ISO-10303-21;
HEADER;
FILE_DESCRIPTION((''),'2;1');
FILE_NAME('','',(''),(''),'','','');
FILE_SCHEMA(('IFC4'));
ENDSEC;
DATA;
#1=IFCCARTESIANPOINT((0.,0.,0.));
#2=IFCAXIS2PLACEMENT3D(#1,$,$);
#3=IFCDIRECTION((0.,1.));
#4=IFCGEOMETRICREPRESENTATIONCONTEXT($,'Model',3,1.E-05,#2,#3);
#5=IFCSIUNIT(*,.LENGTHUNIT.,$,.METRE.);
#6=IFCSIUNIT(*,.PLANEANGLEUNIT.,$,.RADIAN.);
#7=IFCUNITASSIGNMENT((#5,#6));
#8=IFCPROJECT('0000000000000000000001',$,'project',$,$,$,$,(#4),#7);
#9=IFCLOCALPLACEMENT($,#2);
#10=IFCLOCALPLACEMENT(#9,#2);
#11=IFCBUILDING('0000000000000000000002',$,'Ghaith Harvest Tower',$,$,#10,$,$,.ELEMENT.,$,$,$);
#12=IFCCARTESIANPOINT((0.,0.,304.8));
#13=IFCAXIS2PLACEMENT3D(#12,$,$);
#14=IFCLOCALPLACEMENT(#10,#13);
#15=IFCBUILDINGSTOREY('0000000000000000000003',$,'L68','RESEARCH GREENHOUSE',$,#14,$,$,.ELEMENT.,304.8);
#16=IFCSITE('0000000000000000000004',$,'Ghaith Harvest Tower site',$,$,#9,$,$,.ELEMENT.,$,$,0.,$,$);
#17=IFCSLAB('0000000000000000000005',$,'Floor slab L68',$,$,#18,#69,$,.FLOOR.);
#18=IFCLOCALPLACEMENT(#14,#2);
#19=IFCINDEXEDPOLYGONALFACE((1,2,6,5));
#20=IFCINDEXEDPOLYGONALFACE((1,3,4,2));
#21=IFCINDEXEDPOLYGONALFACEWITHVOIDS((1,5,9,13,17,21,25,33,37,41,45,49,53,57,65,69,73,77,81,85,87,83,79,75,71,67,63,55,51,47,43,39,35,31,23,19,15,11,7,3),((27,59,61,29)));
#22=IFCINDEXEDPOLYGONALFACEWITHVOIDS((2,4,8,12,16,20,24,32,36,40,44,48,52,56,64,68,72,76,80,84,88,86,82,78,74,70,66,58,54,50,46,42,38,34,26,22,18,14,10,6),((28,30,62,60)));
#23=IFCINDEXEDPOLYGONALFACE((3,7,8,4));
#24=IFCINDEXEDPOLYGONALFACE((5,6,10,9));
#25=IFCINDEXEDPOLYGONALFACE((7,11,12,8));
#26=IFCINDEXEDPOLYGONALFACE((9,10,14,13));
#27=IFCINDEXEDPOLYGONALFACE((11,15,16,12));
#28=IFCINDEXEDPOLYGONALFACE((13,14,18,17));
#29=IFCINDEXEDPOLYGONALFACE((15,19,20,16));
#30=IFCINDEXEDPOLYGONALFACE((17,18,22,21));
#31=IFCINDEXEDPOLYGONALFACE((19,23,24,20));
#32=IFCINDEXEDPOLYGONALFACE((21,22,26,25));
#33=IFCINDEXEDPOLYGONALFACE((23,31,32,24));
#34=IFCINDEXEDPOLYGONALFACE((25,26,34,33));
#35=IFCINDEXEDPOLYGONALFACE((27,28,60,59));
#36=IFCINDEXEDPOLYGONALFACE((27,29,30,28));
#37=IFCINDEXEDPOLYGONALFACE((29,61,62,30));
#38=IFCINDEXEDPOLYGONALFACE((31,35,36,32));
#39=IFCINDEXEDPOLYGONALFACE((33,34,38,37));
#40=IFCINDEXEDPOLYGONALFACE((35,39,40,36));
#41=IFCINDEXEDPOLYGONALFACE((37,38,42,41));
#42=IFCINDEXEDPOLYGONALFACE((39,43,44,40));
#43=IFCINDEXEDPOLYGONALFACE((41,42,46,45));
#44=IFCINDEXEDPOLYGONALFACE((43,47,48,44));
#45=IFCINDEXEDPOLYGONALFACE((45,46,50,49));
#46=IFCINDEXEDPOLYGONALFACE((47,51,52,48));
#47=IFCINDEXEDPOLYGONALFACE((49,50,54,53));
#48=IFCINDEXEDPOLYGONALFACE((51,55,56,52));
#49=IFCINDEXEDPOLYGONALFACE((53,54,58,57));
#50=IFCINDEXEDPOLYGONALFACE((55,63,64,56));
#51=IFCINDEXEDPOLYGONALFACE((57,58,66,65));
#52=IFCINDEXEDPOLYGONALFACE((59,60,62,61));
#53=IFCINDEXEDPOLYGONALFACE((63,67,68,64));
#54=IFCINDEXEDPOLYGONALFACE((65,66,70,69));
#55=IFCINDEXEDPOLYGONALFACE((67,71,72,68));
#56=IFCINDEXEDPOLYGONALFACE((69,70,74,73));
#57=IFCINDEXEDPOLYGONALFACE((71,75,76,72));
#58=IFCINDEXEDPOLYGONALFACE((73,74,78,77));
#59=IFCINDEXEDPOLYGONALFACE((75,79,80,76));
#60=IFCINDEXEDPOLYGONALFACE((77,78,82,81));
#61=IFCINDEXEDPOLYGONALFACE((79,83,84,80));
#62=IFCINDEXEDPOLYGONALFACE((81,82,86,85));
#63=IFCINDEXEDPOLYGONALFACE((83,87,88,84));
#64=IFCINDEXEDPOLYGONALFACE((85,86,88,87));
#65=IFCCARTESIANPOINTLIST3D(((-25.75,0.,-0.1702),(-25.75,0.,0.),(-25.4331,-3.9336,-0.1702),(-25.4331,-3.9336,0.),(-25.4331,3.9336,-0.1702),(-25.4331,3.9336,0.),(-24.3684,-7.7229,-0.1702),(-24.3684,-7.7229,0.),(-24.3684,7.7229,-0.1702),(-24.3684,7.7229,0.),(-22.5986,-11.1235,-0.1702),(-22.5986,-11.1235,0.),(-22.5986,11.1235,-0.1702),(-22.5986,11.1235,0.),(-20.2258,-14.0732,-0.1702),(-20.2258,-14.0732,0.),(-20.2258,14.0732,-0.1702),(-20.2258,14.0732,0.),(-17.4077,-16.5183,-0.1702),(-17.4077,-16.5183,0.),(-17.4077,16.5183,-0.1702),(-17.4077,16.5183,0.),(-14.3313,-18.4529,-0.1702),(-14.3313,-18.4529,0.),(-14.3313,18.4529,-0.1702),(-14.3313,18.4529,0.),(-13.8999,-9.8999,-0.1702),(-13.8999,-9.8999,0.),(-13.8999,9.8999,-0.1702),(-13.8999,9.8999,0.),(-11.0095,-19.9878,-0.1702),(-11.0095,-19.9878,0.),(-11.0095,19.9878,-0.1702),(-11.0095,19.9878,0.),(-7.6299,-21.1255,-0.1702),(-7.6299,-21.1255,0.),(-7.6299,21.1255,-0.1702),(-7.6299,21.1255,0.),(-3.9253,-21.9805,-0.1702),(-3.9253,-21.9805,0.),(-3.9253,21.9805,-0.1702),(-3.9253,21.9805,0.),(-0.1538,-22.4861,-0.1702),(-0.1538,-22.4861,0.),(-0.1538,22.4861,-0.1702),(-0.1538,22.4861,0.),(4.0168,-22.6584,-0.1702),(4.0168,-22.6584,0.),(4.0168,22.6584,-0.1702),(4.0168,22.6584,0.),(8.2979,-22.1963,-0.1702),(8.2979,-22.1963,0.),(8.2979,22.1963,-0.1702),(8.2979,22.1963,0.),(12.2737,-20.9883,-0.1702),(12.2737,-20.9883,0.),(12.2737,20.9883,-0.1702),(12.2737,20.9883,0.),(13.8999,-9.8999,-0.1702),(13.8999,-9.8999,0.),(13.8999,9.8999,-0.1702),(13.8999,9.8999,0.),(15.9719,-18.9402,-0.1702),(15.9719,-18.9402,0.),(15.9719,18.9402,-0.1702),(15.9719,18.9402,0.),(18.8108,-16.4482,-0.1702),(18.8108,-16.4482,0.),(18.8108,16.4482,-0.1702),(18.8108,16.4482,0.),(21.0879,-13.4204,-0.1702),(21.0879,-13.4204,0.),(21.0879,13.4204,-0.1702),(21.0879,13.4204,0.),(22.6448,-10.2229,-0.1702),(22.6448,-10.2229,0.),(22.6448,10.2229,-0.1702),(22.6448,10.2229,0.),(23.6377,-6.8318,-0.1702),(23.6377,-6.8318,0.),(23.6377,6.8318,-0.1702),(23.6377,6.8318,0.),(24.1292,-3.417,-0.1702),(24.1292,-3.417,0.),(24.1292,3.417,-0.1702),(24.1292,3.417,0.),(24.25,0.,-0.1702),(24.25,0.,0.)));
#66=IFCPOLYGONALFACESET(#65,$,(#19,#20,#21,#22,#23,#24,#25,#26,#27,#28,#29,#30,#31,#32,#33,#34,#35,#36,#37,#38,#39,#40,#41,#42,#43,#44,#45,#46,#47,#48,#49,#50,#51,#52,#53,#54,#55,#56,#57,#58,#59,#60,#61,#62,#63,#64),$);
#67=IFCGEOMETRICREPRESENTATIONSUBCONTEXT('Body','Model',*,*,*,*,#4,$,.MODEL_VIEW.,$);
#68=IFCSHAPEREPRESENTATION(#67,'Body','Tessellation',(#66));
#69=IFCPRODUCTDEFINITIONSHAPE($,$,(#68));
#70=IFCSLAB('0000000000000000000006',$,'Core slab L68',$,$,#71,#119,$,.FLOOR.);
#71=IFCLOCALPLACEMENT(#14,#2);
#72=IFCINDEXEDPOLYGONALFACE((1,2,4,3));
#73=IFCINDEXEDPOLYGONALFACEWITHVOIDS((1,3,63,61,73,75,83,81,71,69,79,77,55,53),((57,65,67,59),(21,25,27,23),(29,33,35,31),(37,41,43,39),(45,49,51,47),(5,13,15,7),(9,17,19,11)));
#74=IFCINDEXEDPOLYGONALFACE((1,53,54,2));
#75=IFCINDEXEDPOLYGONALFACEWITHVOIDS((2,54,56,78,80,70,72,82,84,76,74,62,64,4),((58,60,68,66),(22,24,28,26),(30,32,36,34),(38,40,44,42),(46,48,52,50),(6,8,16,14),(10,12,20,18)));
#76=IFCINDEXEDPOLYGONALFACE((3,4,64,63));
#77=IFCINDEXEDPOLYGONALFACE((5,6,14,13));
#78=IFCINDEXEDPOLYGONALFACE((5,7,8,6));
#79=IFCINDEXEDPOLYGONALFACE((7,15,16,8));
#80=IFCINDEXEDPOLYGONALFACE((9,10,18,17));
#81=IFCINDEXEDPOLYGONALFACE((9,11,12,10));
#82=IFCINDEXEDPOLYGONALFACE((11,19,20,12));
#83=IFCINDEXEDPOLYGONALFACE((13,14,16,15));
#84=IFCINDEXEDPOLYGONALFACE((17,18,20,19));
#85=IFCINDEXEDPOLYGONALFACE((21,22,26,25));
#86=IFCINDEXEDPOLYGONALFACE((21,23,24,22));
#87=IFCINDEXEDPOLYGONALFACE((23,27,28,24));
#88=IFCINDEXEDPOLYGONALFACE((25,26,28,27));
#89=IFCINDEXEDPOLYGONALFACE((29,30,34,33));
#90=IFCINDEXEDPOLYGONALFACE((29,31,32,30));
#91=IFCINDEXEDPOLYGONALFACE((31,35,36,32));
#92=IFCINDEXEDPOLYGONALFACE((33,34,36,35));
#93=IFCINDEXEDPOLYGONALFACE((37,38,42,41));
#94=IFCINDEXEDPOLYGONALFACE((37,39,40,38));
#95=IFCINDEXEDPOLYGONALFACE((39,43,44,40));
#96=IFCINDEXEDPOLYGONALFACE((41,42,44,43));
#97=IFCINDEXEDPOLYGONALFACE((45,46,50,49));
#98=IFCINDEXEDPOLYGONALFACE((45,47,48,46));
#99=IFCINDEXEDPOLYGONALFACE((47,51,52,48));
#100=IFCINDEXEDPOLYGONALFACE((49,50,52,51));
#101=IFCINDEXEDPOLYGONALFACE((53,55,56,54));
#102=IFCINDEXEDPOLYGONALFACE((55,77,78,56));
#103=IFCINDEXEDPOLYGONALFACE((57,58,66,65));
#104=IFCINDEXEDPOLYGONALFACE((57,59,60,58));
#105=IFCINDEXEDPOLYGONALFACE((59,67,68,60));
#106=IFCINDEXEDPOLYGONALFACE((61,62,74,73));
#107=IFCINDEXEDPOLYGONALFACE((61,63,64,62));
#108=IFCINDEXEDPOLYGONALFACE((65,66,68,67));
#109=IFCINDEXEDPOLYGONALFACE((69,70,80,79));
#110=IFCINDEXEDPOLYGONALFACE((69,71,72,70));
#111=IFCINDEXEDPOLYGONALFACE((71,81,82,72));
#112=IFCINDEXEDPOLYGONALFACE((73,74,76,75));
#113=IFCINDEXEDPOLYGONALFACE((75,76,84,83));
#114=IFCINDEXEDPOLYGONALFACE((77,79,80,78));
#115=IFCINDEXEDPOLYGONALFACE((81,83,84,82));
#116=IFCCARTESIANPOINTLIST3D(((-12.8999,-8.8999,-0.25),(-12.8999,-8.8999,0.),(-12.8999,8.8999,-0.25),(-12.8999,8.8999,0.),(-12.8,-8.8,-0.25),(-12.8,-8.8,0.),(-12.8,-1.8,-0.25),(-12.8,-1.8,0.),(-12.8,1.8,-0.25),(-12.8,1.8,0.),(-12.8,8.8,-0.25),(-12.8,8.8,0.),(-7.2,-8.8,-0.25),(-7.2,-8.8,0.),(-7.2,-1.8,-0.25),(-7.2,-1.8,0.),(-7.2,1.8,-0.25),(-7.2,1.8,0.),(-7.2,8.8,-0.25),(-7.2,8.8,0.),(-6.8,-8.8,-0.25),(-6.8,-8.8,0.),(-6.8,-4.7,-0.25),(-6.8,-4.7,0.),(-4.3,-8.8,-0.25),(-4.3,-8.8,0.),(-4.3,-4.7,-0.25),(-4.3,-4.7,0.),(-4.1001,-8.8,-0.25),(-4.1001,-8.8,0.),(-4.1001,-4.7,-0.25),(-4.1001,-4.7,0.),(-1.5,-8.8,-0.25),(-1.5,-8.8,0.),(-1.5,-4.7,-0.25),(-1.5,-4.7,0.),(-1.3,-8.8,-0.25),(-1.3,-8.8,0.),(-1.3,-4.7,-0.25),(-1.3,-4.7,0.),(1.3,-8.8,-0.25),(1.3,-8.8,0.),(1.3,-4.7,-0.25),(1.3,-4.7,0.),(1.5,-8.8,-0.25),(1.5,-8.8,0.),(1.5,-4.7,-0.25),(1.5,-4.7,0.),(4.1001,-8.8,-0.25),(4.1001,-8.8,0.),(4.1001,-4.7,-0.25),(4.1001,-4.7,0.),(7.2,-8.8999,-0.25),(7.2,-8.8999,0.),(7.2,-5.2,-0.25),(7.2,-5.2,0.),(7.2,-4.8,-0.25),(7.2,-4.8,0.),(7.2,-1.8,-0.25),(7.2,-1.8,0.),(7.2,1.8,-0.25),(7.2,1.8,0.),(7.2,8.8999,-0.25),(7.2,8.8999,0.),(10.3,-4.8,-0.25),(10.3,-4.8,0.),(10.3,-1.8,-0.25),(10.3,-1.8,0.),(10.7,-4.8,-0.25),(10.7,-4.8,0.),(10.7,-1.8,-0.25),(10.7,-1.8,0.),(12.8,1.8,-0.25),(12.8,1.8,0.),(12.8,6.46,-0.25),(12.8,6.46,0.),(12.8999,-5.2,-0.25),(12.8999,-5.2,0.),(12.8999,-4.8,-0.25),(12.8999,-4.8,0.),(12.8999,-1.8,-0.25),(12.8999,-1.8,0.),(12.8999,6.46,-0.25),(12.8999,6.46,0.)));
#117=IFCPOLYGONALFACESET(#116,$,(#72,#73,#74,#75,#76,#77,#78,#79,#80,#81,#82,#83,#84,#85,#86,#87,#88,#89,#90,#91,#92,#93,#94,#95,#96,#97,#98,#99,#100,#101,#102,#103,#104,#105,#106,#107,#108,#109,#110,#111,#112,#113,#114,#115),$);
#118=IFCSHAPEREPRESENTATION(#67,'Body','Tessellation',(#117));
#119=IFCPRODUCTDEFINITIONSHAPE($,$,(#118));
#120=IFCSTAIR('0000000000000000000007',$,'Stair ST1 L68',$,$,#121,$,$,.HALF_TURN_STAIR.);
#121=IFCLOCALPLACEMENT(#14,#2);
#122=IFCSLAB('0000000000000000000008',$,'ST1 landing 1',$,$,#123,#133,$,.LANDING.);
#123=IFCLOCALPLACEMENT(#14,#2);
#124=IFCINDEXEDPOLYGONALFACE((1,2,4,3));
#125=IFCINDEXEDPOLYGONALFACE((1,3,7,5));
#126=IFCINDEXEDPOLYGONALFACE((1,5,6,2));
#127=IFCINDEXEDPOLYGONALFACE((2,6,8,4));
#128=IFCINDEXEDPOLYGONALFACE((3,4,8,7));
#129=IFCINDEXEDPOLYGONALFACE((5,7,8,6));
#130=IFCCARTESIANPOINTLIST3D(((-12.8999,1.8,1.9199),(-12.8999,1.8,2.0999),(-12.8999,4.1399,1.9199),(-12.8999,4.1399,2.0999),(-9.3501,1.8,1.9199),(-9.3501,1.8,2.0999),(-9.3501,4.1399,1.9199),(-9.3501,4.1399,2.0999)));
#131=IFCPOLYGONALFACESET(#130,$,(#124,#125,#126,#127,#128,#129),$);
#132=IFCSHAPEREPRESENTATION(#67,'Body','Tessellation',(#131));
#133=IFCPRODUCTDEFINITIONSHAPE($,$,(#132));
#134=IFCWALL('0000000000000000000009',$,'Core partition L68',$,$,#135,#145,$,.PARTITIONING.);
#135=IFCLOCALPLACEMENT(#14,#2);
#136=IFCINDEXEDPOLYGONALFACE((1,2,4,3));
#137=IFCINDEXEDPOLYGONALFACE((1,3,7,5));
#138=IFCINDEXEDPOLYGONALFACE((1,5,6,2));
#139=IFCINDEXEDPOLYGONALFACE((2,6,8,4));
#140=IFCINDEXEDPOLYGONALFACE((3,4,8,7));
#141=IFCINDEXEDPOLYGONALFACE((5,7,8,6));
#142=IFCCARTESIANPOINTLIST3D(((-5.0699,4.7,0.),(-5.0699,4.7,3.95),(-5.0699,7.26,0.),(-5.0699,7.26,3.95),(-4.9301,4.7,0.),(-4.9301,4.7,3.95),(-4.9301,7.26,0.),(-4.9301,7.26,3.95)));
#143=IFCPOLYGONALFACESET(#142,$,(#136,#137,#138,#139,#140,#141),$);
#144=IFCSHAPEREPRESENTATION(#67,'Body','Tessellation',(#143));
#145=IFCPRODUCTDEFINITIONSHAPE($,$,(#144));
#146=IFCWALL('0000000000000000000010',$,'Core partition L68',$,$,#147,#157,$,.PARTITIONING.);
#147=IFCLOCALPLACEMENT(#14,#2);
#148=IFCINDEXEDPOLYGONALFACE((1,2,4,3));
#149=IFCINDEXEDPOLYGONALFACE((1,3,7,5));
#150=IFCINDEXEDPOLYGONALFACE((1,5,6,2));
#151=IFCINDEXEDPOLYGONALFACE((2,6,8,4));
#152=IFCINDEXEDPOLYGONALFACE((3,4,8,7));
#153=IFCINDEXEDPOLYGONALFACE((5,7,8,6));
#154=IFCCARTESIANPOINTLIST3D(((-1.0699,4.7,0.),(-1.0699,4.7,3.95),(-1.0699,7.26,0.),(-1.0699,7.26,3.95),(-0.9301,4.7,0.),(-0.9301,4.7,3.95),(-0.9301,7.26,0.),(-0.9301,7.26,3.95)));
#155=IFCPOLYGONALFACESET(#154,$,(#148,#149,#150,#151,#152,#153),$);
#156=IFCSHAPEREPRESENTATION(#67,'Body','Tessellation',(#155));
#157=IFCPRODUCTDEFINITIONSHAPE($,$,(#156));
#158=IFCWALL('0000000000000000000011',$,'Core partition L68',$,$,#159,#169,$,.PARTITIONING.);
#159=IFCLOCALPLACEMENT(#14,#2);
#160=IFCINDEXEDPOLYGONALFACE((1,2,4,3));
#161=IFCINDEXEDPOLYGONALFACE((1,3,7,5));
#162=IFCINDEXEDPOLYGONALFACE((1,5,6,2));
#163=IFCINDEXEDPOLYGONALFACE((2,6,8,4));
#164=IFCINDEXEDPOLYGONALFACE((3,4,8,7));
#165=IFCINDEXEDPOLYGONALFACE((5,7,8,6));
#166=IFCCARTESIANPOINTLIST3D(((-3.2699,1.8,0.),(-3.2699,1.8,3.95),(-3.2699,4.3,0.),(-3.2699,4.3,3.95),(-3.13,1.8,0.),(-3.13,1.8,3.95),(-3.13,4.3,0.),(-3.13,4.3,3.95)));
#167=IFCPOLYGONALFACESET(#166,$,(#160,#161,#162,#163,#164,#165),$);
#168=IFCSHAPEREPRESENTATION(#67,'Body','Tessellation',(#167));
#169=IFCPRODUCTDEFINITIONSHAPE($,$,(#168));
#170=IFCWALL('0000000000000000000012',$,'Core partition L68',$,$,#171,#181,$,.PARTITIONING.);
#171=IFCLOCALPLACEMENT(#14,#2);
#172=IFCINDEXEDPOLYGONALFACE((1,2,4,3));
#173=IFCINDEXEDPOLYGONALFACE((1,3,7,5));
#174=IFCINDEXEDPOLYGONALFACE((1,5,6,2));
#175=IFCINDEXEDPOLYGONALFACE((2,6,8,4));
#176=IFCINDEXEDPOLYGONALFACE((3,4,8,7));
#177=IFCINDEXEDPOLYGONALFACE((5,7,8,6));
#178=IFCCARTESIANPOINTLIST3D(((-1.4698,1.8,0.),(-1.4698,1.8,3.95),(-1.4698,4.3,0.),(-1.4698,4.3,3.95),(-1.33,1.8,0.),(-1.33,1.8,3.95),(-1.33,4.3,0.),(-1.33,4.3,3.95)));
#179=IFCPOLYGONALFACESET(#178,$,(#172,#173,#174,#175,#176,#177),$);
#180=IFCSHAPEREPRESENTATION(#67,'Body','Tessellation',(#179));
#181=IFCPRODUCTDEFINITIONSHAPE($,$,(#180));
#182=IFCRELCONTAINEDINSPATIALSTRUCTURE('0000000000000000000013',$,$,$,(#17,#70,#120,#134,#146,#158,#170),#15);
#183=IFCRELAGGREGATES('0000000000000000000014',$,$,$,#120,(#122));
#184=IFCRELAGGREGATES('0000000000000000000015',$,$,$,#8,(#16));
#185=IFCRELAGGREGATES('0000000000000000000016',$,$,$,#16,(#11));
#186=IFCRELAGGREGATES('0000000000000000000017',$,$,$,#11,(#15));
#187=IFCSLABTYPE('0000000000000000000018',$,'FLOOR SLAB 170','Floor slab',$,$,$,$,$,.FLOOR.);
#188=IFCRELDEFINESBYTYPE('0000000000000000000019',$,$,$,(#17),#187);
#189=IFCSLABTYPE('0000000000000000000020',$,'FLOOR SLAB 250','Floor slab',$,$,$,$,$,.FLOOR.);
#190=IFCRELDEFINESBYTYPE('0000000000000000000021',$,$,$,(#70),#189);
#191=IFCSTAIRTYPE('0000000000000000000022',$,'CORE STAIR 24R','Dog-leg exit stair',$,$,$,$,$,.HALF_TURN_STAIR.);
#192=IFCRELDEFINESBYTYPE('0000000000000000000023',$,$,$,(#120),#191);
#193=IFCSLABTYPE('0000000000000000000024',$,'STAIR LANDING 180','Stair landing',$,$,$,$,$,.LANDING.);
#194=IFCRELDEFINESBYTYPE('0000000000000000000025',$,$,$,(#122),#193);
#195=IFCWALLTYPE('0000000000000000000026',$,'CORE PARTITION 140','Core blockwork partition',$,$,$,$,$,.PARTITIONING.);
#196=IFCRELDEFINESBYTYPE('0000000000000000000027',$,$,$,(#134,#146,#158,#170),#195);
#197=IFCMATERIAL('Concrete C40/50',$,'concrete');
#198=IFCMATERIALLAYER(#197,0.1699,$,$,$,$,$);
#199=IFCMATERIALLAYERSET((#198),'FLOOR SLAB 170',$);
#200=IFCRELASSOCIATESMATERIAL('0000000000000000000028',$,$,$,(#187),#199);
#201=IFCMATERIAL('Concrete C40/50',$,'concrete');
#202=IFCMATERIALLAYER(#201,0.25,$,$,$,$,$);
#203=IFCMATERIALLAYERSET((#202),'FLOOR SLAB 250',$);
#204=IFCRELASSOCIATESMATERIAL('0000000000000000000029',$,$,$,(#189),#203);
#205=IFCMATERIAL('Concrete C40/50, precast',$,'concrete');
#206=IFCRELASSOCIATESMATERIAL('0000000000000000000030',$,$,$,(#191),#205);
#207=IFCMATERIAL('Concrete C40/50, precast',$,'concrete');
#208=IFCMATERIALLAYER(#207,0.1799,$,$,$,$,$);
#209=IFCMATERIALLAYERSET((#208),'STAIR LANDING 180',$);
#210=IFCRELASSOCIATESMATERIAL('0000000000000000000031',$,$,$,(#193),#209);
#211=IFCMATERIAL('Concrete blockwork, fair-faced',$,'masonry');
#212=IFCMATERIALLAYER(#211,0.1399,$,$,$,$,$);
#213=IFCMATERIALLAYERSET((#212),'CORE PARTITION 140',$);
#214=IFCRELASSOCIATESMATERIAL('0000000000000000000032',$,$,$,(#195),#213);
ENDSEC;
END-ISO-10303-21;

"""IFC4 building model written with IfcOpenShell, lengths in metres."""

from ifc_helpers import new_model, si_unit, direction, frame, frame_2d, origin, place, context, subcontext, project, spatial, polyline, rectangle, outline, extrude, material, layer, layer_set, type_object, element, aggregate, save


model = new_model("IFC4")

# Units and contexts
model_context = context("Model", 3, precision=1e-05, world=origin(), true_north=direction((0.0, 1.0)))
body_context = subcontext(model_context, "Body", "Model", "MODEL_VIEW")
ifc_project = project(units=[si_unit("LENGTHUNIT", "METRE"), si_unit("PLANEANGLEUNIT", "RADIAN")], contexts=[model_context])

# Site, building, storey
site_placement = place(None, origin())
site = spatial("IfcSite", under=ifc_project, at=site_placement, Name="Ghaith Harvest Tower site", CompositionType="ELEMENT", RefElevation=0.0)
building_placement = place(site_placement, origin())
building = spatial("IfcBuilding", under=site, at=building_placement, Name="Ghaith Harvest Tower", CompositionType="ELEMENT")
storey_placement = place(building_placement, frame((0.0, 0.0, 304.8)))
storey = spatial("IfcBuildingStorey", under=building, at=storey_placement, Name="L68", Description="RESEARCH GREENHOUSE", CompositionType="ELEMENT", Elevation=304.8)

# Slabs
ifc_material_1 = material(Name="Concrete C40/50", Category="concrete")
ifc_layer_1 = layer(ifc_material_1, 0.1699)
ifc_layer_set_1 = layer_set([ifc_layer_1], Name="FLOOR SLAB 170")
slab_type_1 = type_object("IfcSlabType", Name="FLOOR SLAB 170", Description="Floor slab", PredefinedType="FLOOR", material=ifc_layer_set_1)
slab_1_placement = place(storey_placement, frame((0.0, 0.0, -0.1702)))
element("IfcSlab", 1, at=slab_1_placement, inside=storey, type_object=slab_type_1, Name="Floor slab L68", PredefinedType="FLOOR", context=body_context, shape_type="SweptSolid", body=[
    extrude(outline(polyline([(24.25, 0.0), (24.1292, 3.417), (23.6377, 6.8318), (22.6448, 10.2229), (21.0879, 13.4204), (18.8108, 16.4482), (15.9719, 18.9402), (12.2737, 20.9883), (8.2979, 22.1963), (4.0168, 22.6584), (-0.1538, 22.4861), (-3.9253, 21.9805), (-7.6299, 21.1255), (-11.0095, 19.9878), (-14.3313, 18.4529), (-17.4077, 16.5183), (-20.2258, 14.0732), (-22.5986, 11.1235), (-24.3684, 7.7229), (-25.4331, 3.9336), (-25.75, 0.0), (-25.4331, -3.9336), (-24.3684, -7.7229), (-22.5986, -11.1235), (-20.2258, -14.0732), (-17.4077, -16.5183), (-14.3313, -18.4529), (-11.0095, -19.9878), (-7.6299, -21.1255), (-3.9253, -21.9805), (-0.1538, -22.4861), (4.0168, -22.6584), (8.2979, -22.1963), (12.2737, -20.9883), (15.9719, -18.9402), (18.8108, -16.4482), (21.0879, -13.4204), (22.6448, -10.2229), (23.6377, -6.8318), (24.1292, -3.417), (24.25, 0.0)]), holes=[polyline([(-13.8999, -9.8999), (13.8999, -9.8999), (13.8999, 9.8999), (-13.8999, 9.8999), (-13.8999, -9.8999)])]), origin(), (0.0, 0.0, 1.0), 0.1702),
])
ifc_material_2 = material(Name="Concrete C40/50", Category="concrete")
ifc_layer_2 = layer(ifc_material_2, 0.25)
ifc_layer_set_2 = layer_set([ifc_layer_2], Name="FLOOR SLAB 250")
slab_type_2 = type_object("IfcSlabType", Name="FLOOR SLAB 250", Description="Floor slab", PredefinedType="FLOOR", material=ifc_layer_set_2)
slab_2_placement = place(storey_placement, frame((0.0, 0.0, -0.25)))
element("IfcSlab", 2, at=slab_2_placement, inside=storey, type_object=slab_type_2, Name="Core slab L68", PredefinedType="FLOOR", context=body_context, shape_type="SweptSolid", body=[
    extrude(outline(polyline([(-12.8999, 8.8999), (7.2, 8.8999), (7.2, 1.8), (12.8, 1.8), (12.8, 6.46), (12.8999, 6.46), (12.8999, -1.8), (10.7, -1.8), (10.7, -4.8), (12.8999, -4.8), (12.8999, -5.2), (7.2, -5.2), (7.2, -8.8999), (-12.8999, -8.8999), (-12.8999, 8.8999)]), holes=[polyline([(-4.3, -4.7), (-6.8, -4.7), (-6.8, -8.8), (-4.3, -8.8), (-4.3, -4.7)]), polyline([(-1.5, -4.7), (-4.1001, -4.7), (-4.1001, -8.8), (-1.5, -8.8), (-1.5, -4.7)]), polyline([(1.3, -8.8), (1.3, -4.7), (-1.3, -4.7), (-1.3, -8.8), (1.3, -8.8)]), polyline([(4.1001, -8.8), (4.1001, -4.7), (1.5, -4.7), (1.5, -8.8), (4.1001, -8.8)]), polyline([(-7.2, -1.8), (-12.8, -1.8), (-12.8, -8.8), (-7.2, -8.8), (-7.2, -1.8)]), polyline([(10.3, -1.8), (7.2, -1.8), (7.2, -4.8), (10.3, -4.8), (10.3, -1.8)]), polyline([(-12.8, 1.8), (-7.2, 1.8), (-7.2, 8.8), (-12.8, 8.8), (-12.8, 1.8)])]), origin(), (0.0, 0.0, 1.0), 0.25),
])

# Stair, slab
ifc_material_3 = material(Name="Concrete C40/50, precast", Category="concrete")
stair_type = type_object("IfcStairType", Name="CORE STAIR 24R", Description="Dog-leg exit stair", PredefinedType="HALF_TURN_STAIR", material=ifc_material_3)
stair_placement = place(storey_placement, origin())
stair = element("IfcStair", 3, at=stair_placement, inside=storey, type_object=stair_type, Name="Stair ST1 L68", PredefinedType="HALF_TURN_STAIR")
ifc_material_4 = material(Name="Concrete C40/50, precast", Category="concrete")
ifc_layer_3 = layer(ifc_material_4, 0.1799)
ifc_layer_set_3 = layer_set([ifc_layer_3], Name="STAIR LANDING 180")
slab_type_3 = type_object("IfcSlabType", Name="STAIR LANDING 180", Description="Stair landing", PredefinedType="LANDING", material=ifc_layer_set_3)
slab_3_placement = place(storey_placement, frame((0.0, 0.0, 1.9199)))
slab_3 = element("IfcSlab", 4, at=slab_3_placement, type_object=slab_type_3, Name="ST1 landing 1", PredefinedType="LANDING", context=body_context, shape_type="SweptSolid", body=[
    extrude(outline(polyline([(-12.8999, 4.1399), (-12.8999, 1.8), (-9.3501, 1.8), (-9.3501, 4.1399), (-12.8999, 4.1399)])), origin(), (0.0, 0.0, 1.0), 0.1799),
])

# Shared definitions
ifc_material_5 = material(Name="Concrete blockwork, fair-faced", Category="masonry")
ifc_layer_4 = layer(ifc_material_5, 0.1399)
ifc_layer_set_4 = layer_set([ifc_layer_4], Name="CORE PARTITION 140")
wall_type_1 = type_object("IfcWallType", Name="CORE PARTITION 140", Description="Core blockwork partition", PredefinedType="PARTITIONING", material=ifc_layer_set_4)

# Walls
for number, where, z_axis, x_axis, name in (
    (5, (-5.0, 4.7, 0.0), (0.0, 0.0, 1.0), (0.0, 1.0, 0.0), "Core partition L68"),
    (6, (-1.0, 4.7, 0.0), (0.0, 0.0, 1.0), (0.0, 1.0, 0.0), "Core partition L68"),
):
    element("IfcWall", number, at=place(storey_placement, frame(where, z_axis=z_axis, x_axis=x_axis)), inside=storey, type_object=wall_type_1, Name=name, PredefinedType="PARTITIONING", context=body_context, shape_type="SweptSolid", body=[
        extrude(rectangle(XDim=2.5601, YDim=0.1399, at=frame_2d((1.28, 0.0))), origin(), (0.0, 0.0, 1.0), 3.95),
    ])
for number, where, z_axis, x_axis, name in (
    (7, (-3.2, 1.8, 0.0), (0.0, 0.0, 1.0), (0.0, 1.0, 0.0), "Core partition L68"),
    (8, (-1.3999, 1.8, 0.0), (0.0, 0.0, 1.0), (0.0, 1.0, 0.0), "Core partition L68"),
):
    element("IfcWall", number, at=place(storey_placement, frame(where, z_axis=z_axis, x_axis=x_axis)), inside=storey, type_object=wall_type_1, Name=name, PredefinedType="PARTITIONING", context=body_context, shape_type="SweptSolid", body=[
        extrude(rectangle(XDim=2.5, YDim=0.1399, at=frame_2d((1.25, 0.0))), origin(), (0.0, 0.0, 1.0), 3.95),
    ])

aggregate(stair, [slab_3])

save(model, "model.ifc")
